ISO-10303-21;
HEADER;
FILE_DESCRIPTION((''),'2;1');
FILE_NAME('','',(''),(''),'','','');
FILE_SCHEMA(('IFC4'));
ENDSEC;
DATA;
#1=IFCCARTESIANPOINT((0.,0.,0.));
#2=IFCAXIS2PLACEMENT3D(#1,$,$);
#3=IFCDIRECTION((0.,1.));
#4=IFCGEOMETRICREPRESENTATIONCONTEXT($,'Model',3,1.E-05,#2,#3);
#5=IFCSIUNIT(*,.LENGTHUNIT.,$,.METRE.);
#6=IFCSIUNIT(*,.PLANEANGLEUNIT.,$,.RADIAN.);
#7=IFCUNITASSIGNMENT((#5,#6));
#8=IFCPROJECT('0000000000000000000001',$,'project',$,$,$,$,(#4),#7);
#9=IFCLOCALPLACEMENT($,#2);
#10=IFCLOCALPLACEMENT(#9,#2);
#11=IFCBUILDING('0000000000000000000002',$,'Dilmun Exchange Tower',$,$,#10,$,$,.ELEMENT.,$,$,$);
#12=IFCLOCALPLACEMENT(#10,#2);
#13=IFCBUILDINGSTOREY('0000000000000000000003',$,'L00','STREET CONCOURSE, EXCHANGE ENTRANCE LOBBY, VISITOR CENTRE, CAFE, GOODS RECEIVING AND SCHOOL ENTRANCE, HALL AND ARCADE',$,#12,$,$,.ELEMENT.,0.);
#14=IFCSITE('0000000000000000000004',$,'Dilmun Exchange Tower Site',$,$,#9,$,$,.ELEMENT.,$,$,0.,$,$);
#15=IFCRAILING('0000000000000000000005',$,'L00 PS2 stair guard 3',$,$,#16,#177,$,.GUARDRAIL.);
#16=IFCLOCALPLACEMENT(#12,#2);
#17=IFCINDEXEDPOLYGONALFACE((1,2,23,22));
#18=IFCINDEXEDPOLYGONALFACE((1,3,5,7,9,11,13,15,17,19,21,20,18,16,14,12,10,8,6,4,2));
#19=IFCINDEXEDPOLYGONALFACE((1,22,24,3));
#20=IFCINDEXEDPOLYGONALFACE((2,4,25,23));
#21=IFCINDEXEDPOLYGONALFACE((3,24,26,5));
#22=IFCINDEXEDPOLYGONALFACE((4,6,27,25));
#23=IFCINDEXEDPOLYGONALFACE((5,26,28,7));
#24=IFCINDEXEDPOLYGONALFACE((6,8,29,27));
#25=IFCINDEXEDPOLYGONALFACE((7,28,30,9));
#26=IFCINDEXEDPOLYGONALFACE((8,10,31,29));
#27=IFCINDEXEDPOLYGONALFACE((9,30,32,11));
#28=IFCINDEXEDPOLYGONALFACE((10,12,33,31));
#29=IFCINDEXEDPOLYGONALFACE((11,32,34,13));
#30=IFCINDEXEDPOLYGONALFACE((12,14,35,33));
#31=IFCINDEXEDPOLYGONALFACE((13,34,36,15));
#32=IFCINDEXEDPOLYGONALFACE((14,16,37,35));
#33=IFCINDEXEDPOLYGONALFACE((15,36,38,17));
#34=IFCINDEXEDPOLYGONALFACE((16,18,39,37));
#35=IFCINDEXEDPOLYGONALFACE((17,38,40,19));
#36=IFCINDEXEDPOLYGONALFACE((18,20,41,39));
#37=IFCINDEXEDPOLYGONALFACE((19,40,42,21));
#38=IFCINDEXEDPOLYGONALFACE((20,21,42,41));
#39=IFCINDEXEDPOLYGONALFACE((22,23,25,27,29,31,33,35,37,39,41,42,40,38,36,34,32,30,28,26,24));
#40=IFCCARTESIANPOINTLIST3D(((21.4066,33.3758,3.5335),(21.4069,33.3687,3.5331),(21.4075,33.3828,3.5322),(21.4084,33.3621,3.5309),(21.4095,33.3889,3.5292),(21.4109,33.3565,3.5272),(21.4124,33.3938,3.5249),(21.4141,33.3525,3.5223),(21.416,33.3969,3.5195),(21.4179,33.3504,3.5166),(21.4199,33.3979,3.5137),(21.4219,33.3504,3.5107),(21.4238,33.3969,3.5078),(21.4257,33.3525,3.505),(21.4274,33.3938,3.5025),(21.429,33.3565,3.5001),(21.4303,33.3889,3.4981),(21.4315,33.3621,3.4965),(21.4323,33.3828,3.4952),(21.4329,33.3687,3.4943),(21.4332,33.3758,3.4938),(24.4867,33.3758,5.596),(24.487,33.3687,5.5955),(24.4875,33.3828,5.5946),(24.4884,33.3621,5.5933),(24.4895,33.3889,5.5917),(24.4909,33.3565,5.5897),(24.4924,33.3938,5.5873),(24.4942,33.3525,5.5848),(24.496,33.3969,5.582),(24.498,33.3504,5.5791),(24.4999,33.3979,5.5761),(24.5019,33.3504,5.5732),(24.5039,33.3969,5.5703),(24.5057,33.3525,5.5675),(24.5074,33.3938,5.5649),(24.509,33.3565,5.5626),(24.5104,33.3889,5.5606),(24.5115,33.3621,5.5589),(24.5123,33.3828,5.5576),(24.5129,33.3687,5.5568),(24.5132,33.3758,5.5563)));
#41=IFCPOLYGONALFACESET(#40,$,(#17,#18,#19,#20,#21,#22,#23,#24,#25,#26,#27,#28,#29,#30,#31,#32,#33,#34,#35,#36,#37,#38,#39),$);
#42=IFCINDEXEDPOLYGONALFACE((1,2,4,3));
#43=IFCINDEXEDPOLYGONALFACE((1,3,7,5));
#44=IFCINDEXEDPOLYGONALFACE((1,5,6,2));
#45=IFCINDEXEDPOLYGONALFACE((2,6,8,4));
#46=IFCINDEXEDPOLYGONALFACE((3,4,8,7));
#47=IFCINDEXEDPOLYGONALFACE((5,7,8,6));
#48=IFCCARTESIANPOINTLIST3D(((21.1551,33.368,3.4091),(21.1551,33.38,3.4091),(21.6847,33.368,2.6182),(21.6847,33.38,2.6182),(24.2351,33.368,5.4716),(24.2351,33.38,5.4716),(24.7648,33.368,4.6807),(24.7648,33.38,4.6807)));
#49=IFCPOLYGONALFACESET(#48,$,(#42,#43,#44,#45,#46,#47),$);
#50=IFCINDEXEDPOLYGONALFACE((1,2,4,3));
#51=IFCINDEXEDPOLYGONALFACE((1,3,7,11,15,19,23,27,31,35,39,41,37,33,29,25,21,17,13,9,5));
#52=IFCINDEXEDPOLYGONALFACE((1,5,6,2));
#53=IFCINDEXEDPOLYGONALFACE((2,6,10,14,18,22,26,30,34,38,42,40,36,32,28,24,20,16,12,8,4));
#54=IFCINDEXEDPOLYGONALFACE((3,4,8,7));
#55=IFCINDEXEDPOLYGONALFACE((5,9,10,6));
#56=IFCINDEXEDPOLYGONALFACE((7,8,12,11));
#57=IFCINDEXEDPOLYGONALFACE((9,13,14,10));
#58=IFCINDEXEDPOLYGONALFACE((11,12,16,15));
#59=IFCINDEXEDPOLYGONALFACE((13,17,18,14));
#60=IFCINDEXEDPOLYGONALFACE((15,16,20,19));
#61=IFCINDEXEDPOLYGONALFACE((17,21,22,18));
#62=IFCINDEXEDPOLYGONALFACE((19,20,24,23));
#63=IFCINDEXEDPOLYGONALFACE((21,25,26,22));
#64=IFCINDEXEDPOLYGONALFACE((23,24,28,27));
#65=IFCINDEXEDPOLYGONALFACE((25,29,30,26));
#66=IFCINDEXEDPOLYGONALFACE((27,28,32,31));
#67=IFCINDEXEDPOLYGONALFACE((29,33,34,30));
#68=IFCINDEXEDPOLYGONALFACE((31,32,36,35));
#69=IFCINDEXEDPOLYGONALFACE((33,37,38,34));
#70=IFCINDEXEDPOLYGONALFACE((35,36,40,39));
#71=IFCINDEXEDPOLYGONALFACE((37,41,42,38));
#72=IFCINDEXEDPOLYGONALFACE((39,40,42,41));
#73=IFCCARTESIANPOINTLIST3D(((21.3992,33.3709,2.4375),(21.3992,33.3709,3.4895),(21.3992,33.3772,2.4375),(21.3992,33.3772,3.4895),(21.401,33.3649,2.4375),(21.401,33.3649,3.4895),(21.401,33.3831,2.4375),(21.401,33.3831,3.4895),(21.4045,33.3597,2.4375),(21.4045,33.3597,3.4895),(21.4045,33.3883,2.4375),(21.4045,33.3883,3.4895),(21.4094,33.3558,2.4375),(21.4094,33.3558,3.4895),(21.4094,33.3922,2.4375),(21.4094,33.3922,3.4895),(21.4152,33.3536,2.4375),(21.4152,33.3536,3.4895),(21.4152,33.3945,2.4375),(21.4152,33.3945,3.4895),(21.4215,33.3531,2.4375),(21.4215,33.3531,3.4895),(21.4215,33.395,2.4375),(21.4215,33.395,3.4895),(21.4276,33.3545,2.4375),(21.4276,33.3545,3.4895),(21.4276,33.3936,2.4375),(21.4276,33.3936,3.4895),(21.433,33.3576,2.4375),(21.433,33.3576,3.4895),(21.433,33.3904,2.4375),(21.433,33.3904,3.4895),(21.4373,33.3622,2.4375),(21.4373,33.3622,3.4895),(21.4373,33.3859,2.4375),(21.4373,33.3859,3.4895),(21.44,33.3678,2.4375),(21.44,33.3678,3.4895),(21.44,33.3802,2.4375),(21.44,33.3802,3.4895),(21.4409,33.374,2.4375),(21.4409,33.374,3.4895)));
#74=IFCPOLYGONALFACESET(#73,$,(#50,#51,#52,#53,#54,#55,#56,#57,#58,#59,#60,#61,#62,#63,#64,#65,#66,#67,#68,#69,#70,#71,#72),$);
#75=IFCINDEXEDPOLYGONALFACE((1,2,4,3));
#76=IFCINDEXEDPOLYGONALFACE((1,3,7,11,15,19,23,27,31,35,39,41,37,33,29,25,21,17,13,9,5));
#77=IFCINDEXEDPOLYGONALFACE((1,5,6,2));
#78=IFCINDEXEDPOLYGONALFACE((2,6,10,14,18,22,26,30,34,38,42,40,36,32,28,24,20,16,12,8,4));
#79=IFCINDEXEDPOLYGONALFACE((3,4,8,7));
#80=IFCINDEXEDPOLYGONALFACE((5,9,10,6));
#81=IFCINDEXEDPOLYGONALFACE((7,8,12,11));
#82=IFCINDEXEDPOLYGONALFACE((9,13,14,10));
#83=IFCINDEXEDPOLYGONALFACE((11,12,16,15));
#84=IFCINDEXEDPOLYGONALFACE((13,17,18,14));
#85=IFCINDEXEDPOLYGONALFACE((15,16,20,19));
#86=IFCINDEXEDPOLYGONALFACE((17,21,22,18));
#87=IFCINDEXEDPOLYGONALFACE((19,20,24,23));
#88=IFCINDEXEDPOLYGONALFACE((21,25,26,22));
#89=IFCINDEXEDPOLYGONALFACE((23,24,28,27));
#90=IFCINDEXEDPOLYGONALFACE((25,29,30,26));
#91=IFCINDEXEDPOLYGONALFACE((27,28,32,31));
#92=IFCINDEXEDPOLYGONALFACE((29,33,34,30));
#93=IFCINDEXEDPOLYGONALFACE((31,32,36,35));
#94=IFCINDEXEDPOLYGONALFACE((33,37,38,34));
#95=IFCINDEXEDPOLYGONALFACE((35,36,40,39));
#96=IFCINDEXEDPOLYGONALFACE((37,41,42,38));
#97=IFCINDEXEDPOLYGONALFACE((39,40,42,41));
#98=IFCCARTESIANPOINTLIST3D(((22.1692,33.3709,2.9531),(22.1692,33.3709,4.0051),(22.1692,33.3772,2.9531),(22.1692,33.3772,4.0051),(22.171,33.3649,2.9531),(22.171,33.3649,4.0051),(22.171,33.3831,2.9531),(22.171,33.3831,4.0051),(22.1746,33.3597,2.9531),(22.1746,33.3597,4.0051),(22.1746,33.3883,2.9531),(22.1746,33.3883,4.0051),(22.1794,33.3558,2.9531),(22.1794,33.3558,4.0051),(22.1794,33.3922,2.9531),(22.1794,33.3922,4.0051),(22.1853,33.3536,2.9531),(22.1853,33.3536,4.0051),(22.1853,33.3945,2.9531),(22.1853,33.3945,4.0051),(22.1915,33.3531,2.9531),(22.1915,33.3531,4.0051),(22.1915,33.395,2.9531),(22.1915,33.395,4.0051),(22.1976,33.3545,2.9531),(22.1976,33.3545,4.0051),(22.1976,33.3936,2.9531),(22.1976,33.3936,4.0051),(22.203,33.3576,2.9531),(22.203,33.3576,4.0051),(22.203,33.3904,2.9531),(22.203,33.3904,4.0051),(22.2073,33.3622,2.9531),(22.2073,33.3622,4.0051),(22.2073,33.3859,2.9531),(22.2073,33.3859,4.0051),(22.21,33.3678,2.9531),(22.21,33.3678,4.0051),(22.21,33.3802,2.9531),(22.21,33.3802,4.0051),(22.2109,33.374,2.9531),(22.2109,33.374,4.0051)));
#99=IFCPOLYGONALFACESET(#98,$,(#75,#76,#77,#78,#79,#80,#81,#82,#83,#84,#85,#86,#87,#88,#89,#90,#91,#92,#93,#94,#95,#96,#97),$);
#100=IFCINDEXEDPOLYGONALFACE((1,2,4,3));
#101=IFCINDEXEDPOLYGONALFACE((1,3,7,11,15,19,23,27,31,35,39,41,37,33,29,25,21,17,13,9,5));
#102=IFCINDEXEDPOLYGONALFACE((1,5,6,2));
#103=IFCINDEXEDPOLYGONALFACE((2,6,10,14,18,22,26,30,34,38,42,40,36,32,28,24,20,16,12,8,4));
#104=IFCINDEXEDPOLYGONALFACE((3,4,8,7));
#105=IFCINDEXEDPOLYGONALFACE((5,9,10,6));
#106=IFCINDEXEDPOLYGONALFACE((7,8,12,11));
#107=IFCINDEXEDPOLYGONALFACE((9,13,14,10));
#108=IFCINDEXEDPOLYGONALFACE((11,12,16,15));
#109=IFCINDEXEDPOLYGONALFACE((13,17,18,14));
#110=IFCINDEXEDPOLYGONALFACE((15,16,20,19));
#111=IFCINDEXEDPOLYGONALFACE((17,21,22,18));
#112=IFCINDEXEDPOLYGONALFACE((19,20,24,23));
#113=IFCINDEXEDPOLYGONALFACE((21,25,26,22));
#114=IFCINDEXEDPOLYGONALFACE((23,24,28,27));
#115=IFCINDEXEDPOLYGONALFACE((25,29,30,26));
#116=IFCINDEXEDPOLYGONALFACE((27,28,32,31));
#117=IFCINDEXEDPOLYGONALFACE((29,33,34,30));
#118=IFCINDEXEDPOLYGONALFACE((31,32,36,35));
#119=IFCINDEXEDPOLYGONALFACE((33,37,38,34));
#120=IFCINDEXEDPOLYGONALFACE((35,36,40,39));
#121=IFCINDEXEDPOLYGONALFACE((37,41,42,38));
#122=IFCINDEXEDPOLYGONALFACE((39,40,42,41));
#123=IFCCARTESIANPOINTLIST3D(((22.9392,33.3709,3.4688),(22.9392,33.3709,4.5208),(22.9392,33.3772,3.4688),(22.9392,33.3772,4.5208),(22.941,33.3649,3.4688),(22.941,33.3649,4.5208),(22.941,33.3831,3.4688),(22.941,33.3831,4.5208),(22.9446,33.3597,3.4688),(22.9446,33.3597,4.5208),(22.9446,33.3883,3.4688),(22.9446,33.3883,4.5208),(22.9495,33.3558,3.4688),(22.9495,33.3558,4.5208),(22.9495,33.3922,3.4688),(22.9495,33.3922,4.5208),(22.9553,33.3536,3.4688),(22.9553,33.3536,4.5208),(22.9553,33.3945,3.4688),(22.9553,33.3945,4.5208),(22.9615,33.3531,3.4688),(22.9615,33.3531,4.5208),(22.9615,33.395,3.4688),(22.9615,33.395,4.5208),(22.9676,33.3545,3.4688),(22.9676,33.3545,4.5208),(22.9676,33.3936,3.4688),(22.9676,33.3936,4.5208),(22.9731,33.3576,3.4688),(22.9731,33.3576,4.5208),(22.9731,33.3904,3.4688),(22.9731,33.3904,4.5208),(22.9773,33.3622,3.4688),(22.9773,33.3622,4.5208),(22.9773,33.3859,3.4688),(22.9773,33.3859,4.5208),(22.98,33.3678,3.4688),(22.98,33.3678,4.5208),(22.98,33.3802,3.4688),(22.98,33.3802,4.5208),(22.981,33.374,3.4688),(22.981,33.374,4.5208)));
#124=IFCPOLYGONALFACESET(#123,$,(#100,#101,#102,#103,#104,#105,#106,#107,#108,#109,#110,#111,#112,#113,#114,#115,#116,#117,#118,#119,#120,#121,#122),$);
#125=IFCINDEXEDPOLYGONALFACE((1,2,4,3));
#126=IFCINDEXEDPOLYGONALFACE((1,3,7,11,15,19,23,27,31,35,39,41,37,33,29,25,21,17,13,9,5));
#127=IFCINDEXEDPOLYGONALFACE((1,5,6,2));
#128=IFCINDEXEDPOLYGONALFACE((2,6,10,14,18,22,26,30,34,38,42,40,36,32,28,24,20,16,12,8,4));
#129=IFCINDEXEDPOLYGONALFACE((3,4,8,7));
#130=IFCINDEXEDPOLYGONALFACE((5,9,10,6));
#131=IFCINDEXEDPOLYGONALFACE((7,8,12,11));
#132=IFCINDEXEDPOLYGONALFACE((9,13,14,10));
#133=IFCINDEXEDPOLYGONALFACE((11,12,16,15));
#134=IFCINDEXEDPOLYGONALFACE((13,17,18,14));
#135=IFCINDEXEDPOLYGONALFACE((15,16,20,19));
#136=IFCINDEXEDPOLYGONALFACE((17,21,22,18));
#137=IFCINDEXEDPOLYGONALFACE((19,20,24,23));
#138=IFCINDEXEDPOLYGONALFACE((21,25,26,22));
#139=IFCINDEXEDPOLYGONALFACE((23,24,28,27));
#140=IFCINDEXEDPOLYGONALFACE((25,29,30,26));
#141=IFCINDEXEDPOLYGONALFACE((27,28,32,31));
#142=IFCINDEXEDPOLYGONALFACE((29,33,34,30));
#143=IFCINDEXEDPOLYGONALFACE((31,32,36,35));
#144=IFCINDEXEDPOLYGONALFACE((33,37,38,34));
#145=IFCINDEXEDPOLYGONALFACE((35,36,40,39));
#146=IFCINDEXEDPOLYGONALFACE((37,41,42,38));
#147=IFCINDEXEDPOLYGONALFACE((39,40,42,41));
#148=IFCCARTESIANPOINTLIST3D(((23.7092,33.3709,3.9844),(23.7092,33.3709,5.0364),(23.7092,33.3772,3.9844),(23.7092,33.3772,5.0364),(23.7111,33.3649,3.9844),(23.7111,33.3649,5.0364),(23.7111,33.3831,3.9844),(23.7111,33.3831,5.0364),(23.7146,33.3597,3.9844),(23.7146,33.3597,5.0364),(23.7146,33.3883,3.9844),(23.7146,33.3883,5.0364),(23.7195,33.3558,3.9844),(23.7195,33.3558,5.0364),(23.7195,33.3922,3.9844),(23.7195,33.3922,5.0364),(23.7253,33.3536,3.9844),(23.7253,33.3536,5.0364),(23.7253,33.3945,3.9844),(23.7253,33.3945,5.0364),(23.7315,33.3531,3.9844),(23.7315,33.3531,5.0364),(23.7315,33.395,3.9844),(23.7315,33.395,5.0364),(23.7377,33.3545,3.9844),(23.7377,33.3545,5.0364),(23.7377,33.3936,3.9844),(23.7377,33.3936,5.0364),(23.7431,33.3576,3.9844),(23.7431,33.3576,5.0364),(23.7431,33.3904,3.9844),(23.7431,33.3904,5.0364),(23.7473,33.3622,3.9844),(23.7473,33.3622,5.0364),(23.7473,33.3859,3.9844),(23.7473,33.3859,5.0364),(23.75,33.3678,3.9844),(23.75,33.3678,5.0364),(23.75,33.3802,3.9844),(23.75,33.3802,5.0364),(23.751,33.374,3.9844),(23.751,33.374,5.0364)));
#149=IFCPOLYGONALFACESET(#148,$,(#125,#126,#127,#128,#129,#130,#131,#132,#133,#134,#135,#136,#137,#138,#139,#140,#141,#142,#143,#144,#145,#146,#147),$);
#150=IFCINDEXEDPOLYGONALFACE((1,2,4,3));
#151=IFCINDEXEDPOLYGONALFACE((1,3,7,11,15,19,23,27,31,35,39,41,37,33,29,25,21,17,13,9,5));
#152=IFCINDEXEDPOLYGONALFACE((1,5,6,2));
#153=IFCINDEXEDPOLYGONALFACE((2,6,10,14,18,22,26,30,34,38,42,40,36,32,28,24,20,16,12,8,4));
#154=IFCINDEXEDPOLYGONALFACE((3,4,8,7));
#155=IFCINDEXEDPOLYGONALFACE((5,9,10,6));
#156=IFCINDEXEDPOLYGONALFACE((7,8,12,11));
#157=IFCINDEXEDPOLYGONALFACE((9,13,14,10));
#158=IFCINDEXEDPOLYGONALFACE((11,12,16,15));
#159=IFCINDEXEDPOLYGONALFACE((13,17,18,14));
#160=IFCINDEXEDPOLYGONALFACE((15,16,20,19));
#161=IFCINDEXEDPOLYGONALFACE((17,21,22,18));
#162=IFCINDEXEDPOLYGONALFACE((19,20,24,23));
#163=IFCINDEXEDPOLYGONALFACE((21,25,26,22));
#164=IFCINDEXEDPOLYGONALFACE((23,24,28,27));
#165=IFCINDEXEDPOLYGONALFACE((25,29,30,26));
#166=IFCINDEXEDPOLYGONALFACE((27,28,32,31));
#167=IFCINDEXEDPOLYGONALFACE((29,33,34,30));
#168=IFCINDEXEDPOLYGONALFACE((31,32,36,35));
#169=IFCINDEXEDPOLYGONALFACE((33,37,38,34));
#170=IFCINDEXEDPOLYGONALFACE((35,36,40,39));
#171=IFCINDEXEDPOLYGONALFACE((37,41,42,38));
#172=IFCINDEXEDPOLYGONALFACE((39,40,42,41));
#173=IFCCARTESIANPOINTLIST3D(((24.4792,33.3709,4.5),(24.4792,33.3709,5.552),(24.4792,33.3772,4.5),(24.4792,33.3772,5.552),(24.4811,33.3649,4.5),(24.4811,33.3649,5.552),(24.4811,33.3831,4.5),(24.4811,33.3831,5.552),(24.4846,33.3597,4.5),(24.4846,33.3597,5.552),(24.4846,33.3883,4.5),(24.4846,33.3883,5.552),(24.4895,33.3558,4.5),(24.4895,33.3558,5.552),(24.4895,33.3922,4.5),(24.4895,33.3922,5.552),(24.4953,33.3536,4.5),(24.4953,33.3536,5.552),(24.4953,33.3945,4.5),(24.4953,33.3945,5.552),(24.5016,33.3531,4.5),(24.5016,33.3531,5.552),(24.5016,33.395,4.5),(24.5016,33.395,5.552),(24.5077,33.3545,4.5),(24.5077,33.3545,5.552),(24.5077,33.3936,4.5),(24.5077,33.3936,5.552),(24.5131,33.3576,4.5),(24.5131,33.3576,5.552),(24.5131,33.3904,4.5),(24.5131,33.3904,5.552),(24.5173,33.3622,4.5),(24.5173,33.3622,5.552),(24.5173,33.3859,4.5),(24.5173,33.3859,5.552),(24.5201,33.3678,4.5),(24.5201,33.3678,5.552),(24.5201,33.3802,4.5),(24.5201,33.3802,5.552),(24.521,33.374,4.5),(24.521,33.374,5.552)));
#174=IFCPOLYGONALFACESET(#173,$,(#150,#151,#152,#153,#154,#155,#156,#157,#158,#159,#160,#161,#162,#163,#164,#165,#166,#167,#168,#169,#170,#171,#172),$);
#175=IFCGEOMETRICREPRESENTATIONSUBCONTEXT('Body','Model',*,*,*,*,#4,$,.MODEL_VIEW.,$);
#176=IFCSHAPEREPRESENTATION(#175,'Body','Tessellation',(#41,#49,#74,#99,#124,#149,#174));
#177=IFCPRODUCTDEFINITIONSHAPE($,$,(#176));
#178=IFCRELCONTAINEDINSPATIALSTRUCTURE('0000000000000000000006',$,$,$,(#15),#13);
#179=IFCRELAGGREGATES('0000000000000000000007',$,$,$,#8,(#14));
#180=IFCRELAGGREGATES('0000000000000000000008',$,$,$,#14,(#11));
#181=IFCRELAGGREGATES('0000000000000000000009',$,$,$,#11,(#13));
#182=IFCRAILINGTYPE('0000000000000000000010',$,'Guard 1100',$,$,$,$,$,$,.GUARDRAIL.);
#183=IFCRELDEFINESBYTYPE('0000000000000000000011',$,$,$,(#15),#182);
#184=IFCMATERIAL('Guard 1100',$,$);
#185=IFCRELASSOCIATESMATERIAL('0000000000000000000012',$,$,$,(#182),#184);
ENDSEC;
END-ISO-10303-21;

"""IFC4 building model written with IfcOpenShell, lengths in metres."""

from ifc_helpers import new_model, si_unit, direction, frame, origin, origin_2d, place, context, subcontext, project, spatial, rectangle, circle, extrude, material, type_object, element, save


model = new_model("IFC4")

# Units and contexts
model_context = context("Model", 3, precision=1e-05, world=origin(), true_north=direction((0.0, 1.0)))
body_context = subcontext(model_context, "Body", "Model", "MODEL_VIEW")
ifc_project = project(units=[si_unit("LENGTHUNIT", "METRE"), si_unit("PLANEANGLEUNIT", "RADIAN")], contexts=[model_context])

# Site, building, storey
site_placement = place(None, origin())
site = spatial("IfcSite", under=ifc_project, at=site_placement, Name="Dilmun Exchange Tower Site", CompositionType="ELEMENT", RefElevation=0.0)
building_placement = place(site_placement, origin())
building = spatial("IfcBuilding", under=site, at=building_placement, Name="Dilmun Exchange Tower", CompositionType="ELEMENT")
storey_placement = place(building_placement, origin())
storey = spatial("IfcBuildingStorey", under=building, at=storey_placement, Name="L00", Description="STREET CONCOURSE, EXCHANGE ENTRANCE LOBBY, VISITOR CENTRE, CAFE, GOODS RECEIVING AND SCHOOL ENTRANCE, HALL AND ARCADE", CompositionType="ELEMENT", Elevation=0.0)

# Railing
ifc_material_1 = material(Name="Guard 1100")
railing_type_1 = type_object("IfcRailingType", Name="Guard 1100", PredefinedType="GUARDRAIL", material=ifc_material_1)
railing_1_placement = place(storey_placement, frame((21.4199, 33.374, 2.4375)))
element("IfcRailing", 1, at=railing_1_placement, inside=storey, type_object=railing_type_1, Name="L00 PS2 stair guard 3", PredefinedType="GUARDRAIL", context=body_context, shape_type="SweptSolid", body=[
    extrude(circle(Radius=0.0239, at=origin_2d()), frame((0.0, 0.0, 1.0762), z_axis=(0.830914, 0.0, 0.556401), x_axis=(0.0, 1.0, 0.0)), (0.0, 0.0, 1.0), 3.7068),
    extrude(rectangle(XDim=0.012, YDim=0.9519, at=origin_2d()), frame((0.0, 0.0, 0.5762), z_axis=(0.830914, 0.0, 0.556401), x_axis=(0.0, 1.0, 0.0)), (0.0, 0.0, 1.0), 3.7068),
    extrude(circle(Radius=0.021, at=origin_2d()), origin(), (0.0, 0.0, 1.0), 1.052),
    extrude(circle(Radius=0.021, at=origin_2d()), frame((0.77, 0.0, 0.5156)), (0.0, 0.0, 1.0), 1.052),
    extrude(circle(Radius=0.021, at=origin_2d()), frame((1.54, 0.0, 1.0312)), (0.0, 0.0, 1.0), 1.052),
    extrude(circle(Radius=0.021, at=origin_2d()), frame((2.3101, 0.0, 1.5469)), (0.0, 0.0, 1.0), 1.052),
    extrude(circle(Radius=0.021, at=origin_2d()), frame((3.0801, 0.0, 2.0625)), (0.0, 0.0, 1.0), 1.052),
])

save(model, "model.ifc")
